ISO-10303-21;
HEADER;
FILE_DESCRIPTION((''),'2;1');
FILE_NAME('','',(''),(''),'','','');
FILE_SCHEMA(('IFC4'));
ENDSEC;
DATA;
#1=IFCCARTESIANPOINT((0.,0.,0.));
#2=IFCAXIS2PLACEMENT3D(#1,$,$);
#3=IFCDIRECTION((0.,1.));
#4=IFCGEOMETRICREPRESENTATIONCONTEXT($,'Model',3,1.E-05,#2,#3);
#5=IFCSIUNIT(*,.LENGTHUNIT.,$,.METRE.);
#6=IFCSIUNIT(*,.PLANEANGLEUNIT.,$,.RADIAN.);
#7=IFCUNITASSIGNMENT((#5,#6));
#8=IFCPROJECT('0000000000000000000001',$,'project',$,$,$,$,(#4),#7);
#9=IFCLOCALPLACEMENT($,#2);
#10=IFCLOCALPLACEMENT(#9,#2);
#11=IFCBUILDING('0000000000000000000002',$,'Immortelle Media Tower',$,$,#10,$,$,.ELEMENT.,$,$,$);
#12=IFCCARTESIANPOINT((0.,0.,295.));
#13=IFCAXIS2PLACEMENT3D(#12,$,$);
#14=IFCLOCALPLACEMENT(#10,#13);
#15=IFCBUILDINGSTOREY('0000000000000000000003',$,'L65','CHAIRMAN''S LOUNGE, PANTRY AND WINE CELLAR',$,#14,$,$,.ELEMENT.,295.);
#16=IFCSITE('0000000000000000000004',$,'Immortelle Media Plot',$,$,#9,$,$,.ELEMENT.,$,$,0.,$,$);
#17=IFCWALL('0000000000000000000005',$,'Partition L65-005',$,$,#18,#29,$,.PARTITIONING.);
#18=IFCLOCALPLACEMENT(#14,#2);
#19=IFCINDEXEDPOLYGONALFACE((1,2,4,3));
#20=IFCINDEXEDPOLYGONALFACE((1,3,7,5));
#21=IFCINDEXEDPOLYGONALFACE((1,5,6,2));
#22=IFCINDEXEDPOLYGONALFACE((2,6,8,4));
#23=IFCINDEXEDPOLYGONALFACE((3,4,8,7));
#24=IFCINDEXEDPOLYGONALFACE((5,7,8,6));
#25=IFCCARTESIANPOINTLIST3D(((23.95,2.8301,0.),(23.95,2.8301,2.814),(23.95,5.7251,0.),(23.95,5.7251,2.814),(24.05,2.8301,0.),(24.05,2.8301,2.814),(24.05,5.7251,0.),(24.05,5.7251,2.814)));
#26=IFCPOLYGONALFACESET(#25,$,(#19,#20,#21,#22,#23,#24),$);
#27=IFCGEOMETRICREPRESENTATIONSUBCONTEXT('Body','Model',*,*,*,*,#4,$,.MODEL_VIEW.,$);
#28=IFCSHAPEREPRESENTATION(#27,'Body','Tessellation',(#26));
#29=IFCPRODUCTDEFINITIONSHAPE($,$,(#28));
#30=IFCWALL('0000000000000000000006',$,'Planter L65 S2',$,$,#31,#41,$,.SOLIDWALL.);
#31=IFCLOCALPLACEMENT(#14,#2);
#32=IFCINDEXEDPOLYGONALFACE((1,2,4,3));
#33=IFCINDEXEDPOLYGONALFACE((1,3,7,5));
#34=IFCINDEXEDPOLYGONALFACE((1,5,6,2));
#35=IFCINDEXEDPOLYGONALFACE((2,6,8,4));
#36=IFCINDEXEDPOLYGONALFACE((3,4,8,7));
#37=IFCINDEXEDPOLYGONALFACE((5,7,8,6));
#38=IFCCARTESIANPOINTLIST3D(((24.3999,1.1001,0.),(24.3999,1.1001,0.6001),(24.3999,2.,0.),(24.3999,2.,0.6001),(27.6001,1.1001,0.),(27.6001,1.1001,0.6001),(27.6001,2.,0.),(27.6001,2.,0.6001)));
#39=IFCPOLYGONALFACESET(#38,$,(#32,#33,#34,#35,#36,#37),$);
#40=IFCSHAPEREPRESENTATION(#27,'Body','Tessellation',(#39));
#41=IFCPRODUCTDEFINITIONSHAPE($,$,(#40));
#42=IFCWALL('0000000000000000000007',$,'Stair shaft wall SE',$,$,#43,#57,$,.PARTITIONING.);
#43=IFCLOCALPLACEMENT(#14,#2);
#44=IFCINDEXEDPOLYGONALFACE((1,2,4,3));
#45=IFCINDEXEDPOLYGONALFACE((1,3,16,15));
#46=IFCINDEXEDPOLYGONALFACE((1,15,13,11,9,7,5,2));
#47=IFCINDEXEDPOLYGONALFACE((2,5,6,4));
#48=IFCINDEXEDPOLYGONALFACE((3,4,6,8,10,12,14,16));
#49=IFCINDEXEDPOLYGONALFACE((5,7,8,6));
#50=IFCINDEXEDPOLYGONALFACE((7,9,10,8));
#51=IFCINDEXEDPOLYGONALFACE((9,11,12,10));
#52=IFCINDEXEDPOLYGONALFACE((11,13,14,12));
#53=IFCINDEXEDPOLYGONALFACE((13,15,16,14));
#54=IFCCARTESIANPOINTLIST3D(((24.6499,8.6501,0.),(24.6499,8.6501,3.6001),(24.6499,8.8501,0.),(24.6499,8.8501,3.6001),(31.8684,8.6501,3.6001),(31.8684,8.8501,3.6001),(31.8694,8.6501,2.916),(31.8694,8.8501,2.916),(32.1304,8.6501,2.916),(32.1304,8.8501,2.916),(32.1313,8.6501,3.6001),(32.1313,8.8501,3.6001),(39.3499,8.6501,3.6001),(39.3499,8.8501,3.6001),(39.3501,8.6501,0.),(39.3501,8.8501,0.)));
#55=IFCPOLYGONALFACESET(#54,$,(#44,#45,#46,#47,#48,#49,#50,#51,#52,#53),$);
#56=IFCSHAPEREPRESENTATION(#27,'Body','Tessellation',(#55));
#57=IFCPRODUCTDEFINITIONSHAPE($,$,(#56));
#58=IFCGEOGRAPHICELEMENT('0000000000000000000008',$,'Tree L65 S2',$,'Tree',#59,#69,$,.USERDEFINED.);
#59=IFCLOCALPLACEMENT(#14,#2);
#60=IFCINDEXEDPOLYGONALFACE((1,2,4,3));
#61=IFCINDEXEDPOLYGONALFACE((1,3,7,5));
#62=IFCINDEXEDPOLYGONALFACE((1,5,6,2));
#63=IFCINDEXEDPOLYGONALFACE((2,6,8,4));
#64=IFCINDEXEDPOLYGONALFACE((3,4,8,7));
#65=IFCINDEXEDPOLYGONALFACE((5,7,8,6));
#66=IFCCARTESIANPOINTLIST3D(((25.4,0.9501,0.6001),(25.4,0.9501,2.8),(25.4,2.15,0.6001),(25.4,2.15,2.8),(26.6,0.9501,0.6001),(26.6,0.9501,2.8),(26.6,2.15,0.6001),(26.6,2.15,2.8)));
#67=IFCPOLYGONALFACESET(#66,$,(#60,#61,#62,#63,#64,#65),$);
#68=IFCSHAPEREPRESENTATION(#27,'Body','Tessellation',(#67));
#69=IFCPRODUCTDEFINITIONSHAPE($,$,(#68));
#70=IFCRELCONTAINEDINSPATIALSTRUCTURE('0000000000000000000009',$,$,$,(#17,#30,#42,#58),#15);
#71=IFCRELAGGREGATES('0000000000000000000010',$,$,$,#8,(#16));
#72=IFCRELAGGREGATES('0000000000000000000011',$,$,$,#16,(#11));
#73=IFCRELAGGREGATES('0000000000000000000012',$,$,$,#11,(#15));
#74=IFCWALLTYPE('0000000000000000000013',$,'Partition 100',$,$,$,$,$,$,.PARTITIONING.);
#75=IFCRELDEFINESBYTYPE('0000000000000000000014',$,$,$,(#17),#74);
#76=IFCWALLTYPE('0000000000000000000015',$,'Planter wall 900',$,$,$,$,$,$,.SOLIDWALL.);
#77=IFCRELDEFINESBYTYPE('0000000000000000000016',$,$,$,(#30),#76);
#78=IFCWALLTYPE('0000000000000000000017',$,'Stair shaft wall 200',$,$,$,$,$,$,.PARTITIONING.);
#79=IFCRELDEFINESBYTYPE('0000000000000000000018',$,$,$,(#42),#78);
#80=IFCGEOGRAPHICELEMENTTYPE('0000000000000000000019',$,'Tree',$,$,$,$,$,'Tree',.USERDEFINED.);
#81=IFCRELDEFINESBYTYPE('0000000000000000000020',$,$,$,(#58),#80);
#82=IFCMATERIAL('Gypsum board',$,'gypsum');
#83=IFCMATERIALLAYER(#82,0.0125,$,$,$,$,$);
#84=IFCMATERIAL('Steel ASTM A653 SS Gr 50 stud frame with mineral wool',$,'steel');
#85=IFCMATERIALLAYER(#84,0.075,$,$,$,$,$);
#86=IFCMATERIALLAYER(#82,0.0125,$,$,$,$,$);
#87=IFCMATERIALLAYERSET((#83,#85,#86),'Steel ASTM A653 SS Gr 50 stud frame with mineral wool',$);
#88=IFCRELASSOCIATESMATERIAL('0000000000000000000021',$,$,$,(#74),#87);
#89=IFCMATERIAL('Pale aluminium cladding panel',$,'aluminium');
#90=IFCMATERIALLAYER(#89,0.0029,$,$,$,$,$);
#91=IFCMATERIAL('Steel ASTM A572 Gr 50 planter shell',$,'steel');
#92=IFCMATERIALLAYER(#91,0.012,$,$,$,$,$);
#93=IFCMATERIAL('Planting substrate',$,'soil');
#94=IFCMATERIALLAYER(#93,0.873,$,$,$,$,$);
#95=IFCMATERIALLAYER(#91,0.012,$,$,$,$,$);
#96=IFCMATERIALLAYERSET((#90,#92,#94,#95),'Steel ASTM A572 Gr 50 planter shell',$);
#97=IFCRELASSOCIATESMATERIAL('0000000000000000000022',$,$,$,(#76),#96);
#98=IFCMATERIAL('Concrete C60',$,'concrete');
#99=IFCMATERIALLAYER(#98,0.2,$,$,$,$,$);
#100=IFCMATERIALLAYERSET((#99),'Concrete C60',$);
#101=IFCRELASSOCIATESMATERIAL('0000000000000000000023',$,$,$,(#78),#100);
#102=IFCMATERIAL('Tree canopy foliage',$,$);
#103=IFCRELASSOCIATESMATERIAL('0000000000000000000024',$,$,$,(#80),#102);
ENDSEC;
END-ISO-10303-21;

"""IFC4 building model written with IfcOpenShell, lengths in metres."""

from ifc_helpers import new_model, si_unit, direction, frame, frame_2d, origin, origin_2d, place, context, subcontext, project, spatial, polyline, rectangle, outline, extrude, material, layer, layer_set, type_object, element, save


model = new_model("IFC4")

# Units and contexts
model_context = context("Model", 3, precision=1e-05, world=origin(), true_north=direction((0.0, 1.0)))
body_context = subcontext(model_context, "Body", "Model", "MODEL_VIEW")
ifc_project = project(units=[si_unit("LENGTHUNIT", "METRE"), si_unit("PLANEANGLEUNIT", "RADIAN")], contexts=[model_context])

# Site, building, storey
site_placement = place(None, origin())
site = spatial("IfcSite", under=ifc_project, at=site_placement, Name="Immortelle Media Plot", CompositionType="ELEMENT", RefElevation=0.0)
building_placement = place(site_placement, origin())
building = spatial("IfcBuilding", under=site, at=building_placement, Name="Immortelle Media Tower", CompositionType="ELEMENT")
storey_placement = place(building_placement, frame((0.0, 0.0, 295.0)))
storey = spatial("IfcBuildingStorey", under=building, at=storey_placement, Name="L65", Description="CHAIRMAN'S LOUNGE, PANTRY AND WINE CELLAR", CompositionType="ELEMENT", Elevation=295.0)

# Shared definitions
ifc_material_1 = material(Name="Steel ASTM A653 SS Gr 50 stud frame with mineral wool", Category="steel")

# Shared definitions
ifc_material_2 = material(Name="Pale aluminium cladding panel", Category="aluminium")

# Walls
ifc_material_3 = material(Name="Gypsum board", Category="gypsum")
ifc_layer_1 = layer(ifc_material_3, 0.0125)
ifc_layer_2 = layer(ifc_material_1, 0.075)
ifc_layer_3 = layer(ifc_material_3, 0.0125)
ifc_layer_set_1 = layer_set([ifc_layer_1, ifc_layer_2, ifc_layer_3], Name="Steel ASTM A653 SS Gr 50 stud frame with mineral wool")
wall_type_1 = type_object("IfcWallType", Name="Partition 100", PredefinedType="PARTITIONING", material=ifc_layer_set_1)
wall_1_placement = place(storey_placement, frame((24.0, 2.8301, 0.0), z_axis=(0.0, 0.0, 1.0), x_axis=(0.0, 1.0, 0.0)))
element("IfcWall", 1, at=wall_1_placement, inside=storey, type_object=wall_type_1, Name="Partition L65-005", PredefinedType="PARTITIONING", context=body_context, shape_type="SweptSolid", body=[
    extrude(rectangle(XDim=2.895, YDim=0.1001, at=frame_2d((1.4475, 0.0))), origin(), (0.0, 0.0, 1.0), 2.814),
])
ifc_layer_4 = layer(ifc_material_2, 0.0029)
ifc_material_4 = material(Name="Steel ASTM A572 Gr 50 planter shell", Category="steel")
ifc_layer_5 = layer(ifc_material_4, 0.012)
ifc_material_5 = material(Name="Planting substrate", Category="soil")
ifc_layer_6 = layer(ifc_material_5, 0.873)
ifc_layer_7 = layer(ifc_material_4, 0.012)
ifc_layer_set_2 = layer_set([ifc_layer_4, ifc_layer_5, ifc_layer_6, ifc_layer_7], Name="Steel ASTM A572 Gr 50 planter shell")
wall_type_2 = type_object("IfcWallType", Name="Planter wall 900", PredefinedType="SOLIDWALL", material=ifc_layer_set_2)
wall_2_placement = place(storey_placement, frame((24.3999, 1.55, 0.0), z_axis=(0.0, 0.0, 1.0), x_axis=(1.0, 0.0, 0.0)))
element("IfcWall", 2, at=wall_2_placement, inside=storey, type_object=wall_type_2, Name="Planter L65 S2", PredefinedType="SOLIDWALL", context=body_context, shape_type="SweptSolid", body=[
    extrude(rectangle(XDim=3.2002, YDim=0.8999, at=frame_2d((1.6001, 0.0))), origin(), (0.0, 0.0, 1.0), 0.6001),
])
ifc_material_6 = material(Name="Concrete C60", Category="concrete")
ifc_layer_8 = layer(ifc_material_6, 0.2)
ifc_layer_set_3 = layer_set([ifc_layer_8], Name="Concrete C60")
wall_type_3 = type_object("IfcWallType", Name="Stair shaft wall 200", PredefinedType="PARTITIONING", material=ifc_layer_set_3)
wall_3_placement = place(storey_placement, frame((24.6499, 8.75, 0.0), z_axis=(0.0, 0.0, 1.0), x_axis=(1.0, 0.0, 0.0)))
element("IfcWall", 3, at=wall_3_placement, inside=storey, type_object=wall_type_3, Name="Stair shaft wall SE", PredefinedType="PARTITIONING", context=body_context, shape_type="SweptSolid", body=[
    extrude(outline(polyline([(0.0, 0.0), (14.7002, 0.0), (14.7, 3.6001), (7.4814, 3.6001), (7.4805, 2.916), (7.2195, 2.916), (7.2185, 3.6001), (0.0, 3.6001), (0.0, 0.0)])), frame((0.0, 0.1001, 0.0), z_axis=(0.0, -1.0, 0.0), x_axis=(1.0, 0.0, 0.0)), (0.0, 0.0, 1.0), 0.2),
])

# Geographic element
ifc_material_7 = material(Name="Tree canopy foliage")
geographic_element_type = type_object("IfcGeographicElementType", Name="Tree", ElementType="Tree", PredefinedType="USERDEFINED", material=ifc_material_7)
geographic_element_placement = place(storey_placement, frame((26.0, 1.55, 0.6001), z_axis=(0.0, 0.0, 1.0), x_axis=(1.0, 0.0, 0.0)))
element("IfcGeographicElement", 4, at=geographic_element_placement, inside=storey, type_object=geographic_element_type, Name="Tree L65 S2", ObjectType="Tree", PredefinedType="USERDEFINED", context=body_context, shape_type="SweptSolid", body=[
    extrude(rectangle(XDim=1.2, YDim=1.2, at=origin_2d()), origin(), (0.0, 0.0, 1.0), 2.2),
])

save(model, "model.ifc")
